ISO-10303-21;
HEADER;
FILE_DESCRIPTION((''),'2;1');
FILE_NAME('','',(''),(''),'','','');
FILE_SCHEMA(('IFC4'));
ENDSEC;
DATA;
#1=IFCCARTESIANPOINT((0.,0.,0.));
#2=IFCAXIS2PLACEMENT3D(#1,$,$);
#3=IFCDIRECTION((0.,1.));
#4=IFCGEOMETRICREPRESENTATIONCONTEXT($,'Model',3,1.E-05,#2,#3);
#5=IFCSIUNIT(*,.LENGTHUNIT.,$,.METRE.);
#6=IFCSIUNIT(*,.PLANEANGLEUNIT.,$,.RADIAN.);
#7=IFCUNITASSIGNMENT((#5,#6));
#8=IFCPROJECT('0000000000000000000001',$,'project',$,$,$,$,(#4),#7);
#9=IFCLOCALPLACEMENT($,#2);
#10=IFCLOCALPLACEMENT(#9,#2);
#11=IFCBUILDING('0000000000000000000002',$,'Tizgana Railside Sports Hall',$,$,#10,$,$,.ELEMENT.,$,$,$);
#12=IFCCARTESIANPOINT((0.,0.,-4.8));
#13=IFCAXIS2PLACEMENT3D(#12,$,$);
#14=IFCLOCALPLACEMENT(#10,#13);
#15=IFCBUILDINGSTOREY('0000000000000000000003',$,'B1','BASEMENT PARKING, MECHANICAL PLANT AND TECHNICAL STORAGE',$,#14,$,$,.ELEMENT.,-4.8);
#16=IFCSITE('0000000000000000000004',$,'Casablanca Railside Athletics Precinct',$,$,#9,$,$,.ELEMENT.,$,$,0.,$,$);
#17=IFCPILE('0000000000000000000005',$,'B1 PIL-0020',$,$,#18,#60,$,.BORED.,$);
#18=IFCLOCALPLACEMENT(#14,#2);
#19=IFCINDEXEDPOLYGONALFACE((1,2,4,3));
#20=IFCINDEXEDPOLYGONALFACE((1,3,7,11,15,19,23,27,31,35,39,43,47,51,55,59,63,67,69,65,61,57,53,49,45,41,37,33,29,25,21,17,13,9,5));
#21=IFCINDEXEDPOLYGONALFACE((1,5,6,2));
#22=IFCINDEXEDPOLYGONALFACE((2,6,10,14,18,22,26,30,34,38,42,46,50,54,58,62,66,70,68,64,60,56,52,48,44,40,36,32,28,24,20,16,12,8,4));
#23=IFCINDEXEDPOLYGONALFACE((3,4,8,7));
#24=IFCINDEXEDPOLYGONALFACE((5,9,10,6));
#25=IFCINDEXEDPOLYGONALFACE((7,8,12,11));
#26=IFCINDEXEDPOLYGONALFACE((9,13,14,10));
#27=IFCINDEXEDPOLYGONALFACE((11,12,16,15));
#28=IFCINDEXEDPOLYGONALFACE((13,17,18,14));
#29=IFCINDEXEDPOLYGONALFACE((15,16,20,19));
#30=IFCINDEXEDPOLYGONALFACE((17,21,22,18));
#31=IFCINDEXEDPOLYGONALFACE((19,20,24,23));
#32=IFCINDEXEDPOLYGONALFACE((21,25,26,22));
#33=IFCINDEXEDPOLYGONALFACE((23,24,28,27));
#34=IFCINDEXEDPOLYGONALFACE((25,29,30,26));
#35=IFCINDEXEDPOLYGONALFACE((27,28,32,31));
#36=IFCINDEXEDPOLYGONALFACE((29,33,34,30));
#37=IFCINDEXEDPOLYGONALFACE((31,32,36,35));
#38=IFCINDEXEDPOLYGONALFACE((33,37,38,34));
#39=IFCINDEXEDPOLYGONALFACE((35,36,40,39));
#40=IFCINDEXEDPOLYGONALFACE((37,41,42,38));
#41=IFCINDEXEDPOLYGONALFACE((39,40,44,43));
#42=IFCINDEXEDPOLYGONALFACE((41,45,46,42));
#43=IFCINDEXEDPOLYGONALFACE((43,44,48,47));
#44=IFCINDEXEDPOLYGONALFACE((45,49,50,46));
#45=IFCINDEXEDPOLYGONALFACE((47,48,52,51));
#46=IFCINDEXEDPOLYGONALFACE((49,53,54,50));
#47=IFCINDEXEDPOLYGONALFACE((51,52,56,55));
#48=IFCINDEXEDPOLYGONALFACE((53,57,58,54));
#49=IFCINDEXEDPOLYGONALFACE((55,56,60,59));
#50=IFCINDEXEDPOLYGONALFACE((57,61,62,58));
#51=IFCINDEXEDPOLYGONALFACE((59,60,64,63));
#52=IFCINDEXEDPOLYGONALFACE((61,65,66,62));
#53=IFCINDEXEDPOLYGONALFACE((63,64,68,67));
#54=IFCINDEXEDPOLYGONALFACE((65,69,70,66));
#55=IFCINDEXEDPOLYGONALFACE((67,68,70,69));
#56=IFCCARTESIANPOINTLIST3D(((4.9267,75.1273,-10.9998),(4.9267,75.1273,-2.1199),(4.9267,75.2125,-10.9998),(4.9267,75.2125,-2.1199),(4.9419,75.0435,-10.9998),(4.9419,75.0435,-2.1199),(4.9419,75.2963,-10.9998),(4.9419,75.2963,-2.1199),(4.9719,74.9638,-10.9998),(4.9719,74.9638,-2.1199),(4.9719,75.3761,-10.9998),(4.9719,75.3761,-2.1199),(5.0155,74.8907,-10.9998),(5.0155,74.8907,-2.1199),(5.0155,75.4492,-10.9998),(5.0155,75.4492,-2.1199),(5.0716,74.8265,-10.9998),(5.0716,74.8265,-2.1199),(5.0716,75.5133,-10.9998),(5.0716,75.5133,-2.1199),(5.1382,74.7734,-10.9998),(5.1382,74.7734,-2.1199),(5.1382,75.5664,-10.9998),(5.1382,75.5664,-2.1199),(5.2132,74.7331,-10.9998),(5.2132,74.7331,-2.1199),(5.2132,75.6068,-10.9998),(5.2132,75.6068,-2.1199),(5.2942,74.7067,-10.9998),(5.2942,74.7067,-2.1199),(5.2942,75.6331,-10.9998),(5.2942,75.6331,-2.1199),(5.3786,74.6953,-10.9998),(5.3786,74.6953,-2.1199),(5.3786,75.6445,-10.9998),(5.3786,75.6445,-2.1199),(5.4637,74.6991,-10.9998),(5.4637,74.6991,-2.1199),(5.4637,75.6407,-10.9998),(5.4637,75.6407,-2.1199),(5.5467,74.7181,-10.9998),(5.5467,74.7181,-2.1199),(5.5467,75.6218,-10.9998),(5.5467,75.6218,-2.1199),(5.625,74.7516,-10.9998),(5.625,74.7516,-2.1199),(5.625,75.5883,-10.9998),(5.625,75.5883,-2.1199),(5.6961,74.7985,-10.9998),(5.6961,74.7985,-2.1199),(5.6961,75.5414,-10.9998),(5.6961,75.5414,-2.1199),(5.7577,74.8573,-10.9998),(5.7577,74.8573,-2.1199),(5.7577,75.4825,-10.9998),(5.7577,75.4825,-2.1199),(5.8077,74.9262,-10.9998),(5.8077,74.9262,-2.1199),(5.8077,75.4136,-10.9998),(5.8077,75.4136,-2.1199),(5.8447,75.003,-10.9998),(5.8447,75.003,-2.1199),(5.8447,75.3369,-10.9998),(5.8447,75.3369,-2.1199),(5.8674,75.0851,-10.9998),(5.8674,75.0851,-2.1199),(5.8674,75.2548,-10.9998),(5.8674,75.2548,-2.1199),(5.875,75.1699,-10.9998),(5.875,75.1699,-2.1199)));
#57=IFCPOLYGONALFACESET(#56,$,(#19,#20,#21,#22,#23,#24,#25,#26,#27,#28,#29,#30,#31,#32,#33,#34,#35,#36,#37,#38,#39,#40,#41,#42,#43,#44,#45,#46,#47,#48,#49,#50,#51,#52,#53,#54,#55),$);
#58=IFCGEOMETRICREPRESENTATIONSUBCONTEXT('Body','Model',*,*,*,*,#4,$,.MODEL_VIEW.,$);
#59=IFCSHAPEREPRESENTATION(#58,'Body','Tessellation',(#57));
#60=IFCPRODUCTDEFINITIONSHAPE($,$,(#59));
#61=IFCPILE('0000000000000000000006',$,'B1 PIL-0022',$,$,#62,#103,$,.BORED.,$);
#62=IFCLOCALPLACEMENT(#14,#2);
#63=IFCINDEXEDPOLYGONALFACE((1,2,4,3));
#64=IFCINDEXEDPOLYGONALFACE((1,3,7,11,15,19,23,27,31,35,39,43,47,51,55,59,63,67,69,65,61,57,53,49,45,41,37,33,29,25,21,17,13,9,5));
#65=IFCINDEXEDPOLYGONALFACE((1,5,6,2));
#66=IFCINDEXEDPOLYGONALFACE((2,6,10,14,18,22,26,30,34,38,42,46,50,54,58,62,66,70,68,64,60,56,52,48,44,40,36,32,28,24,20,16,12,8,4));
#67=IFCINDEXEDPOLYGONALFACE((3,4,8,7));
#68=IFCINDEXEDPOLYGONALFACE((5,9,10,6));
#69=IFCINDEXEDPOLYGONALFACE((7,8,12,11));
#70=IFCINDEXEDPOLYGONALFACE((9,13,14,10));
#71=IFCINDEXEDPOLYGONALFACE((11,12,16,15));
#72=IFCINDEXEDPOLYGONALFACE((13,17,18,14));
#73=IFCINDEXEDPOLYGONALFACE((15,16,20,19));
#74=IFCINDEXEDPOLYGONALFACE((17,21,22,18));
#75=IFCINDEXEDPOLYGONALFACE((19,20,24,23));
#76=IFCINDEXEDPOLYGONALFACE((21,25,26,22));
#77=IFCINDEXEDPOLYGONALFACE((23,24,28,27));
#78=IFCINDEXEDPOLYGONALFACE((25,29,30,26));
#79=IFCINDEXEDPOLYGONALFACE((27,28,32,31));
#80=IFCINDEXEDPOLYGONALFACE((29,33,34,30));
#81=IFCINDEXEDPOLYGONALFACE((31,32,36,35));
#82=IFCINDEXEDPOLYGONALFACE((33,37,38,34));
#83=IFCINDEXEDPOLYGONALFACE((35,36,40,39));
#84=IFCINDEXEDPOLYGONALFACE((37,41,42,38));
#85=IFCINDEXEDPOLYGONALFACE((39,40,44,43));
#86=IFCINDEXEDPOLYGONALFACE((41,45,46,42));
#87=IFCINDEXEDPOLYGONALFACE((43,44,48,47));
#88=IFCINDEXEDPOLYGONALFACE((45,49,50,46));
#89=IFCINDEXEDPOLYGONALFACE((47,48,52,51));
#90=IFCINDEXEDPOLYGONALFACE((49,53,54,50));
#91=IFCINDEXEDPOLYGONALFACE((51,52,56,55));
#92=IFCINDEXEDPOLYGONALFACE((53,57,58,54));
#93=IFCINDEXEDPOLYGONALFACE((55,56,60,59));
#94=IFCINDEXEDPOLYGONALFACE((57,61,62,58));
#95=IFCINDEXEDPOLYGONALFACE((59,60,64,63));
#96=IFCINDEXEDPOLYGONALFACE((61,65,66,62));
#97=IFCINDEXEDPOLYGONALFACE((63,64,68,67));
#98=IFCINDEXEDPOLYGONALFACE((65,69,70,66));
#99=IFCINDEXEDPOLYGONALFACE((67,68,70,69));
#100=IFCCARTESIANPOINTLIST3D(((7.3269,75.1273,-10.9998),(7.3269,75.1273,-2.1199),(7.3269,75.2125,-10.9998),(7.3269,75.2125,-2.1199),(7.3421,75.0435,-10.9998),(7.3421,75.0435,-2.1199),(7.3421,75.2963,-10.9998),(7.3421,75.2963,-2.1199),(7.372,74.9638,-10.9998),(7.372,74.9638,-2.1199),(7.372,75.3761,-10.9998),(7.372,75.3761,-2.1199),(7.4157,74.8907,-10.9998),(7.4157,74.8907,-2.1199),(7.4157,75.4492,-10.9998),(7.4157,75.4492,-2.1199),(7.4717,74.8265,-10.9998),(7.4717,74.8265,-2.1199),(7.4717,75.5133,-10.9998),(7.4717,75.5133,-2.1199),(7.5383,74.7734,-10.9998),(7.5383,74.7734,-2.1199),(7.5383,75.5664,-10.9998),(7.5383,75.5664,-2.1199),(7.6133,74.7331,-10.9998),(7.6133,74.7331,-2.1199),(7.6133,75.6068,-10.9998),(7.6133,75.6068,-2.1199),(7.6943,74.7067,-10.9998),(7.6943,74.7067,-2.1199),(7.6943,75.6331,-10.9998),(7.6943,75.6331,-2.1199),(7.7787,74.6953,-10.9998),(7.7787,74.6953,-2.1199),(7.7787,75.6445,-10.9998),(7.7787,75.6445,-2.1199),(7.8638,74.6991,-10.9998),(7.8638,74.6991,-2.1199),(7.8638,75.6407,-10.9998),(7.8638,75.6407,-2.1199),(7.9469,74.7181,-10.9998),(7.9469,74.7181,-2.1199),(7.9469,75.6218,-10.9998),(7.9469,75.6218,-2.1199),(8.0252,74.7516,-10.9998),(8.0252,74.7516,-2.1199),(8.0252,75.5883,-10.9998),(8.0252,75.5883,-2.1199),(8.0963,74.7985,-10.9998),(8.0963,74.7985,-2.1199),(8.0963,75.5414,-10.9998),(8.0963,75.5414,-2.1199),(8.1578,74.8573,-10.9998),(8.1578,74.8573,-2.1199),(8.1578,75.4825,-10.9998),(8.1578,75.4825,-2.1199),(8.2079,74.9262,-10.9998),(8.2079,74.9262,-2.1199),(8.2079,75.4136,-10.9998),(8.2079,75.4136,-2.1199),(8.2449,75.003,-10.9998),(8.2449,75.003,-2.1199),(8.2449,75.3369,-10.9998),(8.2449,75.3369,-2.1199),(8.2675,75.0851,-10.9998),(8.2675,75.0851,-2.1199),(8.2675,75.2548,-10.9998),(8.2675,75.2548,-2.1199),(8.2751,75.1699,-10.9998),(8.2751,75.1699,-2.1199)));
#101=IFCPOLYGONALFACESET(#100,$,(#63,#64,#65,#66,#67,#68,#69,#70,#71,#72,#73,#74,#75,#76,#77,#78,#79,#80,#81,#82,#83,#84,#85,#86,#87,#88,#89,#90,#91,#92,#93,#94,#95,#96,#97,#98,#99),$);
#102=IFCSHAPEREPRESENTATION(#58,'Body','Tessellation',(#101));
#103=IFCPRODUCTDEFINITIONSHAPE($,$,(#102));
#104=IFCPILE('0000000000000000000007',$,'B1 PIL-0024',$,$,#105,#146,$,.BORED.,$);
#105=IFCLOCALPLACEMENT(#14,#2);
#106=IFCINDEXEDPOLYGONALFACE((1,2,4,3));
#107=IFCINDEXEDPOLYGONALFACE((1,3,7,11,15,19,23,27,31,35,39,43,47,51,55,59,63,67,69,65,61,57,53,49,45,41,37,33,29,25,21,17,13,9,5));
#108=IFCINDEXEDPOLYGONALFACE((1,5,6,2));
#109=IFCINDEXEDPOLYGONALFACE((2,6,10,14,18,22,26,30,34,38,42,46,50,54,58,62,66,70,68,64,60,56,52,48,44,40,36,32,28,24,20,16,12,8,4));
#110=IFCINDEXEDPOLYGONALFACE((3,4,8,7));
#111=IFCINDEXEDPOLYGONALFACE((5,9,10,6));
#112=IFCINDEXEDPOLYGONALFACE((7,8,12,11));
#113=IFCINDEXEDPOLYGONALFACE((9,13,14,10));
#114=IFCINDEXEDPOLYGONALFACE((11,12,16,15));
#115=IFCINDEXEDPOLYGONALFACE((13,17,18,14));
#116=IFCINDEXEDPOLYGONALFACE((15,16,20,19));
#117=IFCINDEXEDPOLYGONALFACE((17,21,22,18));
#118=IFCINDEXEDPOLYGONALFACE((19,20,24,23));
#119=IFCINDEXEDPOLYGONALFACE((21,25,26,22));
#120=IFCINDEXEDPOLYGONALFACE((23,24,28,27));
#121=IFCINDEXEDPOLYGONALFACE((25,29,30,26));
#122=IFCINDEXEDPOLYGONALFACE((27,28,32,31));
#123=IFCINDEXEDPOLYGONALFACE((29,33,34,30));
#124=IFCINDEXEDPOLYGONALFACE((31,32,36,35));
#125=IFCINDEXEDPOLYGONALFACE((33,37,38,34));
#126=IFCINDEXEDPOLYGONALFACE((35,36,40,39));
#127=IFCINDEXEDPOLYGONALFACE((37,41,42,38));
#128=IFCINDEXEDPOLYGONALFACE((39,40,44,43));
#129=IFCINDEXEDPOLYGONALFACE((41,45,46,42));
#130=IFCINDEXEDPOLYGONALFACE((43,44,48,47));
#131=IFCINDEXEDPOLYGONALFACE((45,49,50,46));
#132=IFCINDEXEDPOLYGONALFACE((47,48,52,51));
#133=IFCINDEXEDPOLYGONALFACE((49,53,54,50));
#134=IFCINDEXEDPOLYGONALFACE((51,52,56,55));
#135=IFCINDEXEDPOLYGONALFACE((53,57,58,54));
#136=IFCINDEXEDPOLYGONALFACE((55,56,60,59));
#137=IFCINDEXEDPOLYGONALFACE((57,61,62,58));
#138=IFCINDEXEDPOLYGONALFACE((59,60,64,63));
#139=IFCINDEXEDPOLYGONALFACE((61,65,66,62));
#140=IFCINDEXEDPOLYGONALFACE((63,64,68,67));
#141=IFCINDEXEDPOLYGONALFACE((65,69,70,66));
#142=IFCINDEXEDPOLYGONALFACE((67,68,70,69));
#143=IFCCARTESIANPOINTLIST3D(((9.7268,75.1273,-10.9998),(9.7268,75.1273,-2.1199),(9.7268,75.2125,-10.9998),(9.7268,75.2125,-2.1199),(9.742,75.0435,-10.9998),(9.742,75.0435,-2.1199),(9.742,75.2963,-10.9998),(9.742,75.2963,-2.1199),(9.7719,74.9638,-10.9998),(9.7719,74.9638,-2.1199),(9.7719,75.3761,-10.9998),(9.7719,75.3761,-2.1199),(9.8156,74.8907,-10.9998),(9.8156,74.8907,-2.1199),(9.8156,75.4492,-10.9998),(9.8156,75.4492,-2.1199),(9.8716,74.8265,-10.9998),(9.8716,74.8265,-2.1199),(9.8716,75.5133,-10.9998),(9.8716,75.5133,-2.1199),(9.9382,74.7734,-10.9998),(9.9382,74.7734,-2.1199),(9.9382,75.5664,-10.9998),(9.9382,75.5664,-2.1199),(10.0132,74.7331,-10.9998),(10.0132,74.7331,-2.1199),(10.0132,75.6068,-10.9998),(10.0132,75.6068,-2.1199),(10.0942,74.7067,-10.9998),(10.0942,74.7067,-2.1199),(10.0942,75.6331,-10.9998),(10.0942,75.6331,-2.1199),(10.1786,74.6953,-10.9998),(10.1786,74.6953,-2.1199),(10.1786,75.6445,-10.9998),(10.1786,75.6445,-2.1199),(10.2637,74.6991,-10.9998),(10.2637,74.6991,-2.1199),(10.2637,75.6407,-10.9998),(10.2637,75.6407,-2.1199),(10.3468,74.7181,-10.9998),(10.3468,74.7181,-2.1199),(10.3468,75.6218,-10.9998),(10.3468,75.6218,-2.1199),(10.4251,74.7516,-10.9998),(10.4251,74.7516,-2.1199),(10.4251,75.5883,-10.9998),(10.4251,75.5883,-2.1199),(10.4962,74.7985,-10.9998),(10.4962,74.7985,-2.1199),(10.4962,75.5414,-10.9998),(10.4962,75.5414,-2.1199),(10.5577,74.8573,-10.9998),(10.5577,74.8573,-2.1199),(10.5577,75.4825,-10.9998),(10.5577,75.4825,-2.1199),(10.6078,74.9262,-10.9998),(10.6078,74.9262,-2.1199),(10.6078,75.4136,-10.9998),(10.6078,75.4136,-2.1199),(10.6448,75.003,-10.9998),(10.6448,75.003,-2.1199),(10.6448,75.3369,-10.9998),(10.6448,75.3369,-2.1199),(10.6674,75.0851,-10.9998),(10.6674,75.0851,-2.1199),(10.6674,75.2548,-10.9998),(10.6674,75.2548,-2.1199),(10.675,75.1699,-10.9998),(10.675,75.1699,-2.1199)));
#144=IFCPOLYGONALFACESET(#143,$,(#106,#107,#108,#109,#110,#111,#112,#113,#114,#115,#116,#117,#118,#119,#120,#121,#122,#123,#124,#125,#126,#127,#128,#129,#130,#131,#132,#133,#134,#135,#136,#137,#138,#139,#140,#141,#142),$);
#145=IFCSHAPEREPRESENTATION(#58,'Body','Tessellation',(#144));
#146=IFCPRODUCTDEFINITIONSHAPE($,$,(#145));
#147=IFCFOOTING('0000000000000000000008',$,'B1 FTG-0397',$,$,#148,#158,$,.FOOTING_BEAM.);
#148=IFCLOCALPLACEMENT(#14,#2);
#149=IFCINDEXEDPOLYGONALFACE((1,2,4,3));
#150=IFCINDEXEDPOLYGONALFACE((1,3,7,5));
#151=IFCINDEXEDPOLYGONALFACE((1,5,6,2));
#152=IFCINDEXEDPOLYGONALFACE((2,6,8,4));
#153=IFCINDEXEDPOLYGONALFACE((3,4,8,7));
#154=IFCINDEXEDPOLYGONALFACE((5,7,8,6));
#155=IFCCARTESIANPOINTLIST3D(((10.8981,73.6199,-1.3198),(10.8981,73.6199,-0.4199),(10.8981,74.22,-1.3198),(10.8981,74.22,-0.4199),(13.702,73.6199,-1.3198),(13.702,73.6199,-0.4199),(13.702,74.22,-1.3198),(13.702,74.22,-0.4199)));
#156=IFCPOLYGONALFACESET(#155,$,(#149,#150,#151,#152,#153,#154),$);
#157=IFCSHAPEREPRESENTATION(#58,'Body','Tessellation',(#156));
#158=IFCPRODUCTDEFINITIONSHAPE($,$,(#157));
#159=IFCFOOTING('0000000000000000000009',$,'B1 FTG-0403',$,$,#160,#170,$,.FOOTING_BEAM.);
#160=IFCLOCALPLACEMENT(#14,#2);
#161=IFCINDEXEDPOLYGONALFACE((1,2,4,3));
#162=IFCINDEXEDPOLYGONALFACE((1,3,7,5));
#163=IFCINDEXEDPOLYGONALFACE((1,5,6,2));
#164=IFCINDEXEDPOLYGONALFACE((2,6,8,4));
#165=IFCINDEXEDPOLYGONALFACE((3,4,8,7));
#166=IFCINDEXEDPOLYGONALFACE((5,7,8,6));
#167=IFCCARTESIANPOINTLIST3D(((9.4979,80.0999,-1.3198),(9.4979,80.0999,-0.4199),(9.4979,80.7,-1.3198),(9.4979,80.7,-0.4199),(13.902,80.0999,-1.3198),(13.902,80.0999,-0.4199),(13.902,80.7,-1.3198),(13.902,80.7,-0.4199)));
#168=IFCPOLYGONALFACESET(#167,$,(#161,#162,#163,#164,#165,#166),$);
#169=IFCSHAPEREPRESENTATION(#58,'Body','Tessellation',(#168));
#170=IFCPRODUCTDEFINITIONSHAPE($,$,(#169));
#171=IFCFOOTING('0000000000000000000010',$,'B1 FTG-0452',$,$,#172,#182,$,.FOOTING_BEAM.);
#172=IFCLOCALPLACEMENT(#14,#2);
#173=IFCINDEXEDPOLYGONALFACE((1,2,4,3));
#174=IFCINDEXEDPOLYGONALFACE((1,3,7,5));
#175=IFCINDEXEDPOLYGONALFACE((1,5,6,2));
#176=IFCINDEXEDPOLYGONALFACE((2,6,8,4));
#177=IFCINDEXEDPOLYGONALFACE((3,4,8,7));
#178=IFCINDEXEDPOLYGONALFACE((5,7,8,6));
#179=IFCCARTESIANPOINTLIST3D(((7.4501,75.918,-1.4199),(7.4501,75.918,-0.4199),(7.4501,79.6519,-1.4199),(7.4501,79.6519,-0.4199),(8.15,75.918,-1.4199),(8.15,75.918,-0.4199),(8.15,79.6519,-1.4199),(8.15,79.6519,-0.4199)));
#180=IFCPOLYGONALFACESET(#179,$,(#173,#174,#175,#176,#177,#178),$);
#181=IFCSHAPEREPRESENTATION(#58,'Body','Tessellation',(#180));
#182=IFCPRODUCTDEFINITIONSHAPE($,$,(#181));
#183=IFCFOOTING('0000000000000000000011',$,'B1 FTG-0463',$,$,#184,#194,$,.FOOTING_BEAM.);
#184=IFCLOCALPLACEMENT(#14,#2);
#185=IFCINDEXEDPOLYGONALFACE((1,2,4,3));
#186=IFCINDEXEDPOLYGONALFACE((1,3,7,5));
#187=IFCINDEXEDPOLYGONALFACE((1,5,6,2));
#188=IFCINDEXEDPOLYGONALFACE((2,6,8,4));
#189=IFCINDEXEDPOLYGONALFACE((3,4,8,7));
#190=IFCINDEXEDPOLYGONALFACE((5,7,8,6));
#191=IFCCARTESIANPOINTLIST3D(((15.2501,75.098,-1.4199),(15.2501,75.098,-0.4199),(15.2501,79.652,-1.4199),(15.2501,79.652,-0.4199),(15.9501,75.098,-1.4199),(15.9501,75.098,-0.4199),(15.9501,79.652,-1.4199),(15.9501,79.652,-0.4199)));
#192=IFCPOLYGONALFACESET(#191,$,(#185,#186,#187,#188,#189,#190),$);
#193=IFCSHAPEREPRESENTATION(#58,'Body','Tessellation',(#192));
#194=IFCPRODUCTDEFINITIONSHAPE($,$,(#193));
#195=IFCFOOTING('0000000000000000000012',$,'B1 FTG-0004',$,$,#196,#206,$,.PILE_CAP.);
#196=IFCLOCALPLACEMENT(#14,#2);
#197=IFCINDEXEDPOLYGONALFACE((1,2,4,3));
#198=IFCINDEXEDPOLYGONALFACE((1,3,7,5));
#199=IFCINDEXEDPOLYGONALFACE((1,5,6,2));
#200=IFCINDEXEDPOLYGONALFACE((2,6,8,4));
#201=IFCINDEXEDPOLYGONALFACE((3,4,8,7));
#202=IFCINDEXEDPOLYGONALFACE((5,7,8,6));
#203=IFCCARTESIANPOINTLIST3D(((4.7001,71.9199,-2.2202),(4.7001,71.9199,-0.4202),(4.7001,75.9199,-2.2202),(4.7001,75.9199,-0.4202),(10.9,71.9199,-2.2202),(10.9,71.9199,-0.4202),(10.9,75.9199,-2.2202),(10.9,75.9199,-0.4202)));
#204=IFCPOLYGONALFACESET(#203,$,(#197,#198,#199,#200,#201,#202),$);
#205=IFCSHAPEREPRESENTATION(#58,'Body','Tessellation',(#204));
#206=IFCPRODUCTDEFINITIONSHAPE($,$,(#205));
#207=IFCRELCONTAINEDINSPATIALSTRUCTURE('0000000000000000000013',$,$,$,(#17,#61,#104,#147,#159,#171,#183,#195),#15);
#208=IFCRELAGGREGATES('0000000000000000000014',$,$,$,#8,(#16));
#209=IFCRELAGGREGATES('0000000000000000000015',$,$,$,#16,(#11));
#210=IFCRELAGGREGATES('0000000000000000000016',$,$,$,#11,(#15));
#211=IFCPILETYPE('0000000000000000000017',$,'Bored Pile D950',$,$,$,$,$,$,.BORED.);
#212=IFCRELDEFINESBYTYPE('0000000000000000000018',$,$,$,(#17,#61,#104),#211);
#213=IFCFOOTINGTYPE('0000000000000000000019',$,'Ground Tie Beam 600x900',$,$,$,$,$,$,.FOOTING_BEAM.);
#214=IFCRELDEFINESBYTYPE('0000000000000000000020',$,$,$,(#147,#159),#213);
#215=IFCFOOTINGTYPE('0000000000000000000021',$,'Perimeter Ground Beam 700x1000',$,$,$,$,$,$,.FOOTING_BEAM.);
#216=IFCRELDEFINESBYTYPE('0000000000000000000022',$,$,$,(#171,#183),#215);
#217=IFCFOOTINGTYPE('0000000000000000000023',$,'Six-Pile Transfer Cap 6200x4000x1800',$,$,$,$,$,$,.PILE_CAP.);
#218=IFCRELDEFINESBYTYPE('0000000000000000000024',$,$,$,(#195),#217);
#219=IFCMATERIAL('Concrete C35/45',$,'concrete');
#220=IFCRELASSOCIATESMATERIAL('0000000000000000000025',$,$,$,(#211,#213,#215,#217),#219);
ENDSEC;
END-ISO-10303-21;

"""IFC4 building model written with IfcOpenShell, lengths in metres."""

from ifc_helpers import new_model, si_unit, direction, frame, origin, origin_2d, place, context, subcontext, project, spatial, rectangle, circle, extrude, material, material_profile, profile_set, type_object, element, save


model = new_model("IFC4")

# Units and contexts
model_context = context("Model", 3, precision=1e-05, world=origin(), true_north=direction((0.0, 1.0)))
body_context = subcontext(model_context, "Body", "Model", "MODEL_VIEW")
ifc_project = project(units=[si_unit("LENGTHUNIT", "METRE"), si_unit("PLANEANGLEUNIT", "RADIAN")], contexts=[model_context])

# Site, building, storey
site_placement = place(None, origin())
site = spatial("IfcSite", under=ifc_project, at=site_placement, Name="Casablanca Railside Athletics Precinct", CompositionType="ELEMENT", RefElevation=0.0)
building_placement = place(site_placement, origin())
building = spatial("IfcBuilding", under=site, at=building_placement, Name="Tizgana Railside Sports Hall", CompositionType="ELEMENT")
storey_placement = place(building_placement, frame((0.0, 0.0, -4.8)))
storey = spatial("IfcBuildingStorey", under=building, at=storey_placement, Name="B1", Description="BASEMENT PARKING, MECHANICAL PLANT AND TECHNICAL STORAGE", CompositionType="ELEMENT", Elevation=-4.8)

# Piles
ifc_material_1 = material(Name="Concrete C35/45", Category="concrete")
ifc_material_profile_1 = material_profile(ifc_material_1, circle(Radius=0.4751, at=origin_2d()), Name="PILE D950")
ifc_profile_set_1 = profile_set([ifc_material_profile_1], Name="Concrete C35/45")
pile_type_1 = type_object("IfcPileType", Name="Bored Pile D950", PredefinedType="BORED", material=ifc_profile_set_1)
for number, where, z_axis, x_axis, name in (
    (1, (5.3999, 75.1699, -2.1199), (0.0, 0.0, -1.0), (1.0, 0.0, 0.0), "B1 PIL-0020"),
    (2, (7.8, 75.1699, -2.1199), (0.0, 0.0, -1.0), (1.0, 0.0, 0.0), "B1 PIL-0022"),
    (3, (10.2, 75.1699, -2.1199), (0.0, 0.0, -1.0), (1.0, 0.0, 0.0), "B1 PIL-0024"),
):
    element("IfcPile", number, at=place(storey_placement, frame(where, z_axis=z_axis, x_axis=x_axis)), inside=storey, type_object=pile_type_1, Name=name, PredefinedType="BORED", context=body_context, shape_type="SweptSolid", body=[
        extrude(circle(Radius=0.4751, at=origin_2d()), origin(), (0.0, 0.0, 1.0), 8.8799),
    ])

# Footings
footing_type_1 = type_object("IfcFootingType", Name="Ground Tie Beam 600x900", PredefinedType="FOOTING_BEAM", material=ifc_material_1)
footing_1_placement = place(storey_placement, frame((12.3, 73.9199, -1.3198), z_axis=(0.0, 0.0, 1.0), x_axis=(1.0, 0.0, 0.0)))
element("IfcFooting", 4, at=footing_1_placement, inside=storey, type_object=footing_type_1, Name="B1 FTG-0397", PredefinedType="FOOTING_BEAM", context=body_context, shape_type="SweptSolid", body=[
    extrude(rectangle(XDim=2.804, YDim=0.6001, at=origin_2d()), origin(), (0.0, 0.0, 1.0), 0.8999),
])
footing_2_placement = place(storey_placement, frame((11.7, 80.3999, -1.3198), z_axis=(0.0, 0.0, 1.0), x_axis=(1.0, 0.0, 0.0)))
element("IfcFooting", 5, at=footing_2_placement, inside=storey, type_object=footing_type_1, Name="B1 FTG-0403", PredefinedType="FOOTING_BEAM", context=body_context, shape_type="SweptSolid", body=[
    extrude(rectangle(XDim=4.4041, YDim=0.6001, at=origin_2d()), origin(), (0.0, 0.0, 1.0), 0.8999),
])
footing_type_2 = type_object("IfcFootingType", Name="Perimeter Ground Beam 700x1000", PredefinedType="FOOTING_BEAM", material=ifc_material_1)
footing_3_placement = place(storey_placement, frame((7.8, 77.7849, -1.4199), z_axis=(0.0, 0.0, 1.0), x_axis=(0.0, 1.0, 0.0)))
element("IfcFooting", 6, at=footing_3_placement, inside=storey, type_object=footing_type_2, Name="B1 FTG-0452", PredefinedType="FOOTING_BEAM", context=body_context, shape_type="SweptSolid", body=[
    extrude(rectangle(XDim=3.7339, YDim=0.7, at=origin_2d()), origin(), (0.0, 0.0, 1.0), 1.0),
])
footing_4_placement = place(storey_placement, frame((15.6001, 77.375, -1.4199), z_axis=(0.0, 0.0, 1.0), x_axis=(0.0, 1.0, 0.0)))
element("IfcFooting", 7, at=footing_4_placement, inside=storey, type_object=footing_type_2, Name="B1 FTG-0463", PredefinedType="FOOTING_BEAM", context=body_context, shape_type="SweptSolid", body=[
    extrude(rectangle(XDim=4.554, YDim=0.7, at=origin_2d()), origin(), (0.0, 0.0, 1.0), 1.0),
])
footing_type_3 = type_object("IfcFootingType", Name="Six-Pile Transfer Cap 6200x4000x1800", PredefinedType="PILE_CAP", material=ifc_material_1)
footing_5_placement = place(storey_placement, frame((7.8, 73.9199, -2.2202), z_axis=(0.0, 0.0, 1.0), x_axis=(1.0, 0.0, 0.0)))
element("IfcFooting", 8, at=footing_5_placement, inside=storey, type_object=footing_type_3, Name="B1 FTG-0004", PredefinedType="PILE_CAP", context=body_context, shape_type="SweptSolid", body=[
    extrude(rectangle(XDim=6.2, YDim=4.0, at=origin_2d()), origin(), (0.0, 0.0, 1.0), 1.8),
])

save(model, "model.ifc")
